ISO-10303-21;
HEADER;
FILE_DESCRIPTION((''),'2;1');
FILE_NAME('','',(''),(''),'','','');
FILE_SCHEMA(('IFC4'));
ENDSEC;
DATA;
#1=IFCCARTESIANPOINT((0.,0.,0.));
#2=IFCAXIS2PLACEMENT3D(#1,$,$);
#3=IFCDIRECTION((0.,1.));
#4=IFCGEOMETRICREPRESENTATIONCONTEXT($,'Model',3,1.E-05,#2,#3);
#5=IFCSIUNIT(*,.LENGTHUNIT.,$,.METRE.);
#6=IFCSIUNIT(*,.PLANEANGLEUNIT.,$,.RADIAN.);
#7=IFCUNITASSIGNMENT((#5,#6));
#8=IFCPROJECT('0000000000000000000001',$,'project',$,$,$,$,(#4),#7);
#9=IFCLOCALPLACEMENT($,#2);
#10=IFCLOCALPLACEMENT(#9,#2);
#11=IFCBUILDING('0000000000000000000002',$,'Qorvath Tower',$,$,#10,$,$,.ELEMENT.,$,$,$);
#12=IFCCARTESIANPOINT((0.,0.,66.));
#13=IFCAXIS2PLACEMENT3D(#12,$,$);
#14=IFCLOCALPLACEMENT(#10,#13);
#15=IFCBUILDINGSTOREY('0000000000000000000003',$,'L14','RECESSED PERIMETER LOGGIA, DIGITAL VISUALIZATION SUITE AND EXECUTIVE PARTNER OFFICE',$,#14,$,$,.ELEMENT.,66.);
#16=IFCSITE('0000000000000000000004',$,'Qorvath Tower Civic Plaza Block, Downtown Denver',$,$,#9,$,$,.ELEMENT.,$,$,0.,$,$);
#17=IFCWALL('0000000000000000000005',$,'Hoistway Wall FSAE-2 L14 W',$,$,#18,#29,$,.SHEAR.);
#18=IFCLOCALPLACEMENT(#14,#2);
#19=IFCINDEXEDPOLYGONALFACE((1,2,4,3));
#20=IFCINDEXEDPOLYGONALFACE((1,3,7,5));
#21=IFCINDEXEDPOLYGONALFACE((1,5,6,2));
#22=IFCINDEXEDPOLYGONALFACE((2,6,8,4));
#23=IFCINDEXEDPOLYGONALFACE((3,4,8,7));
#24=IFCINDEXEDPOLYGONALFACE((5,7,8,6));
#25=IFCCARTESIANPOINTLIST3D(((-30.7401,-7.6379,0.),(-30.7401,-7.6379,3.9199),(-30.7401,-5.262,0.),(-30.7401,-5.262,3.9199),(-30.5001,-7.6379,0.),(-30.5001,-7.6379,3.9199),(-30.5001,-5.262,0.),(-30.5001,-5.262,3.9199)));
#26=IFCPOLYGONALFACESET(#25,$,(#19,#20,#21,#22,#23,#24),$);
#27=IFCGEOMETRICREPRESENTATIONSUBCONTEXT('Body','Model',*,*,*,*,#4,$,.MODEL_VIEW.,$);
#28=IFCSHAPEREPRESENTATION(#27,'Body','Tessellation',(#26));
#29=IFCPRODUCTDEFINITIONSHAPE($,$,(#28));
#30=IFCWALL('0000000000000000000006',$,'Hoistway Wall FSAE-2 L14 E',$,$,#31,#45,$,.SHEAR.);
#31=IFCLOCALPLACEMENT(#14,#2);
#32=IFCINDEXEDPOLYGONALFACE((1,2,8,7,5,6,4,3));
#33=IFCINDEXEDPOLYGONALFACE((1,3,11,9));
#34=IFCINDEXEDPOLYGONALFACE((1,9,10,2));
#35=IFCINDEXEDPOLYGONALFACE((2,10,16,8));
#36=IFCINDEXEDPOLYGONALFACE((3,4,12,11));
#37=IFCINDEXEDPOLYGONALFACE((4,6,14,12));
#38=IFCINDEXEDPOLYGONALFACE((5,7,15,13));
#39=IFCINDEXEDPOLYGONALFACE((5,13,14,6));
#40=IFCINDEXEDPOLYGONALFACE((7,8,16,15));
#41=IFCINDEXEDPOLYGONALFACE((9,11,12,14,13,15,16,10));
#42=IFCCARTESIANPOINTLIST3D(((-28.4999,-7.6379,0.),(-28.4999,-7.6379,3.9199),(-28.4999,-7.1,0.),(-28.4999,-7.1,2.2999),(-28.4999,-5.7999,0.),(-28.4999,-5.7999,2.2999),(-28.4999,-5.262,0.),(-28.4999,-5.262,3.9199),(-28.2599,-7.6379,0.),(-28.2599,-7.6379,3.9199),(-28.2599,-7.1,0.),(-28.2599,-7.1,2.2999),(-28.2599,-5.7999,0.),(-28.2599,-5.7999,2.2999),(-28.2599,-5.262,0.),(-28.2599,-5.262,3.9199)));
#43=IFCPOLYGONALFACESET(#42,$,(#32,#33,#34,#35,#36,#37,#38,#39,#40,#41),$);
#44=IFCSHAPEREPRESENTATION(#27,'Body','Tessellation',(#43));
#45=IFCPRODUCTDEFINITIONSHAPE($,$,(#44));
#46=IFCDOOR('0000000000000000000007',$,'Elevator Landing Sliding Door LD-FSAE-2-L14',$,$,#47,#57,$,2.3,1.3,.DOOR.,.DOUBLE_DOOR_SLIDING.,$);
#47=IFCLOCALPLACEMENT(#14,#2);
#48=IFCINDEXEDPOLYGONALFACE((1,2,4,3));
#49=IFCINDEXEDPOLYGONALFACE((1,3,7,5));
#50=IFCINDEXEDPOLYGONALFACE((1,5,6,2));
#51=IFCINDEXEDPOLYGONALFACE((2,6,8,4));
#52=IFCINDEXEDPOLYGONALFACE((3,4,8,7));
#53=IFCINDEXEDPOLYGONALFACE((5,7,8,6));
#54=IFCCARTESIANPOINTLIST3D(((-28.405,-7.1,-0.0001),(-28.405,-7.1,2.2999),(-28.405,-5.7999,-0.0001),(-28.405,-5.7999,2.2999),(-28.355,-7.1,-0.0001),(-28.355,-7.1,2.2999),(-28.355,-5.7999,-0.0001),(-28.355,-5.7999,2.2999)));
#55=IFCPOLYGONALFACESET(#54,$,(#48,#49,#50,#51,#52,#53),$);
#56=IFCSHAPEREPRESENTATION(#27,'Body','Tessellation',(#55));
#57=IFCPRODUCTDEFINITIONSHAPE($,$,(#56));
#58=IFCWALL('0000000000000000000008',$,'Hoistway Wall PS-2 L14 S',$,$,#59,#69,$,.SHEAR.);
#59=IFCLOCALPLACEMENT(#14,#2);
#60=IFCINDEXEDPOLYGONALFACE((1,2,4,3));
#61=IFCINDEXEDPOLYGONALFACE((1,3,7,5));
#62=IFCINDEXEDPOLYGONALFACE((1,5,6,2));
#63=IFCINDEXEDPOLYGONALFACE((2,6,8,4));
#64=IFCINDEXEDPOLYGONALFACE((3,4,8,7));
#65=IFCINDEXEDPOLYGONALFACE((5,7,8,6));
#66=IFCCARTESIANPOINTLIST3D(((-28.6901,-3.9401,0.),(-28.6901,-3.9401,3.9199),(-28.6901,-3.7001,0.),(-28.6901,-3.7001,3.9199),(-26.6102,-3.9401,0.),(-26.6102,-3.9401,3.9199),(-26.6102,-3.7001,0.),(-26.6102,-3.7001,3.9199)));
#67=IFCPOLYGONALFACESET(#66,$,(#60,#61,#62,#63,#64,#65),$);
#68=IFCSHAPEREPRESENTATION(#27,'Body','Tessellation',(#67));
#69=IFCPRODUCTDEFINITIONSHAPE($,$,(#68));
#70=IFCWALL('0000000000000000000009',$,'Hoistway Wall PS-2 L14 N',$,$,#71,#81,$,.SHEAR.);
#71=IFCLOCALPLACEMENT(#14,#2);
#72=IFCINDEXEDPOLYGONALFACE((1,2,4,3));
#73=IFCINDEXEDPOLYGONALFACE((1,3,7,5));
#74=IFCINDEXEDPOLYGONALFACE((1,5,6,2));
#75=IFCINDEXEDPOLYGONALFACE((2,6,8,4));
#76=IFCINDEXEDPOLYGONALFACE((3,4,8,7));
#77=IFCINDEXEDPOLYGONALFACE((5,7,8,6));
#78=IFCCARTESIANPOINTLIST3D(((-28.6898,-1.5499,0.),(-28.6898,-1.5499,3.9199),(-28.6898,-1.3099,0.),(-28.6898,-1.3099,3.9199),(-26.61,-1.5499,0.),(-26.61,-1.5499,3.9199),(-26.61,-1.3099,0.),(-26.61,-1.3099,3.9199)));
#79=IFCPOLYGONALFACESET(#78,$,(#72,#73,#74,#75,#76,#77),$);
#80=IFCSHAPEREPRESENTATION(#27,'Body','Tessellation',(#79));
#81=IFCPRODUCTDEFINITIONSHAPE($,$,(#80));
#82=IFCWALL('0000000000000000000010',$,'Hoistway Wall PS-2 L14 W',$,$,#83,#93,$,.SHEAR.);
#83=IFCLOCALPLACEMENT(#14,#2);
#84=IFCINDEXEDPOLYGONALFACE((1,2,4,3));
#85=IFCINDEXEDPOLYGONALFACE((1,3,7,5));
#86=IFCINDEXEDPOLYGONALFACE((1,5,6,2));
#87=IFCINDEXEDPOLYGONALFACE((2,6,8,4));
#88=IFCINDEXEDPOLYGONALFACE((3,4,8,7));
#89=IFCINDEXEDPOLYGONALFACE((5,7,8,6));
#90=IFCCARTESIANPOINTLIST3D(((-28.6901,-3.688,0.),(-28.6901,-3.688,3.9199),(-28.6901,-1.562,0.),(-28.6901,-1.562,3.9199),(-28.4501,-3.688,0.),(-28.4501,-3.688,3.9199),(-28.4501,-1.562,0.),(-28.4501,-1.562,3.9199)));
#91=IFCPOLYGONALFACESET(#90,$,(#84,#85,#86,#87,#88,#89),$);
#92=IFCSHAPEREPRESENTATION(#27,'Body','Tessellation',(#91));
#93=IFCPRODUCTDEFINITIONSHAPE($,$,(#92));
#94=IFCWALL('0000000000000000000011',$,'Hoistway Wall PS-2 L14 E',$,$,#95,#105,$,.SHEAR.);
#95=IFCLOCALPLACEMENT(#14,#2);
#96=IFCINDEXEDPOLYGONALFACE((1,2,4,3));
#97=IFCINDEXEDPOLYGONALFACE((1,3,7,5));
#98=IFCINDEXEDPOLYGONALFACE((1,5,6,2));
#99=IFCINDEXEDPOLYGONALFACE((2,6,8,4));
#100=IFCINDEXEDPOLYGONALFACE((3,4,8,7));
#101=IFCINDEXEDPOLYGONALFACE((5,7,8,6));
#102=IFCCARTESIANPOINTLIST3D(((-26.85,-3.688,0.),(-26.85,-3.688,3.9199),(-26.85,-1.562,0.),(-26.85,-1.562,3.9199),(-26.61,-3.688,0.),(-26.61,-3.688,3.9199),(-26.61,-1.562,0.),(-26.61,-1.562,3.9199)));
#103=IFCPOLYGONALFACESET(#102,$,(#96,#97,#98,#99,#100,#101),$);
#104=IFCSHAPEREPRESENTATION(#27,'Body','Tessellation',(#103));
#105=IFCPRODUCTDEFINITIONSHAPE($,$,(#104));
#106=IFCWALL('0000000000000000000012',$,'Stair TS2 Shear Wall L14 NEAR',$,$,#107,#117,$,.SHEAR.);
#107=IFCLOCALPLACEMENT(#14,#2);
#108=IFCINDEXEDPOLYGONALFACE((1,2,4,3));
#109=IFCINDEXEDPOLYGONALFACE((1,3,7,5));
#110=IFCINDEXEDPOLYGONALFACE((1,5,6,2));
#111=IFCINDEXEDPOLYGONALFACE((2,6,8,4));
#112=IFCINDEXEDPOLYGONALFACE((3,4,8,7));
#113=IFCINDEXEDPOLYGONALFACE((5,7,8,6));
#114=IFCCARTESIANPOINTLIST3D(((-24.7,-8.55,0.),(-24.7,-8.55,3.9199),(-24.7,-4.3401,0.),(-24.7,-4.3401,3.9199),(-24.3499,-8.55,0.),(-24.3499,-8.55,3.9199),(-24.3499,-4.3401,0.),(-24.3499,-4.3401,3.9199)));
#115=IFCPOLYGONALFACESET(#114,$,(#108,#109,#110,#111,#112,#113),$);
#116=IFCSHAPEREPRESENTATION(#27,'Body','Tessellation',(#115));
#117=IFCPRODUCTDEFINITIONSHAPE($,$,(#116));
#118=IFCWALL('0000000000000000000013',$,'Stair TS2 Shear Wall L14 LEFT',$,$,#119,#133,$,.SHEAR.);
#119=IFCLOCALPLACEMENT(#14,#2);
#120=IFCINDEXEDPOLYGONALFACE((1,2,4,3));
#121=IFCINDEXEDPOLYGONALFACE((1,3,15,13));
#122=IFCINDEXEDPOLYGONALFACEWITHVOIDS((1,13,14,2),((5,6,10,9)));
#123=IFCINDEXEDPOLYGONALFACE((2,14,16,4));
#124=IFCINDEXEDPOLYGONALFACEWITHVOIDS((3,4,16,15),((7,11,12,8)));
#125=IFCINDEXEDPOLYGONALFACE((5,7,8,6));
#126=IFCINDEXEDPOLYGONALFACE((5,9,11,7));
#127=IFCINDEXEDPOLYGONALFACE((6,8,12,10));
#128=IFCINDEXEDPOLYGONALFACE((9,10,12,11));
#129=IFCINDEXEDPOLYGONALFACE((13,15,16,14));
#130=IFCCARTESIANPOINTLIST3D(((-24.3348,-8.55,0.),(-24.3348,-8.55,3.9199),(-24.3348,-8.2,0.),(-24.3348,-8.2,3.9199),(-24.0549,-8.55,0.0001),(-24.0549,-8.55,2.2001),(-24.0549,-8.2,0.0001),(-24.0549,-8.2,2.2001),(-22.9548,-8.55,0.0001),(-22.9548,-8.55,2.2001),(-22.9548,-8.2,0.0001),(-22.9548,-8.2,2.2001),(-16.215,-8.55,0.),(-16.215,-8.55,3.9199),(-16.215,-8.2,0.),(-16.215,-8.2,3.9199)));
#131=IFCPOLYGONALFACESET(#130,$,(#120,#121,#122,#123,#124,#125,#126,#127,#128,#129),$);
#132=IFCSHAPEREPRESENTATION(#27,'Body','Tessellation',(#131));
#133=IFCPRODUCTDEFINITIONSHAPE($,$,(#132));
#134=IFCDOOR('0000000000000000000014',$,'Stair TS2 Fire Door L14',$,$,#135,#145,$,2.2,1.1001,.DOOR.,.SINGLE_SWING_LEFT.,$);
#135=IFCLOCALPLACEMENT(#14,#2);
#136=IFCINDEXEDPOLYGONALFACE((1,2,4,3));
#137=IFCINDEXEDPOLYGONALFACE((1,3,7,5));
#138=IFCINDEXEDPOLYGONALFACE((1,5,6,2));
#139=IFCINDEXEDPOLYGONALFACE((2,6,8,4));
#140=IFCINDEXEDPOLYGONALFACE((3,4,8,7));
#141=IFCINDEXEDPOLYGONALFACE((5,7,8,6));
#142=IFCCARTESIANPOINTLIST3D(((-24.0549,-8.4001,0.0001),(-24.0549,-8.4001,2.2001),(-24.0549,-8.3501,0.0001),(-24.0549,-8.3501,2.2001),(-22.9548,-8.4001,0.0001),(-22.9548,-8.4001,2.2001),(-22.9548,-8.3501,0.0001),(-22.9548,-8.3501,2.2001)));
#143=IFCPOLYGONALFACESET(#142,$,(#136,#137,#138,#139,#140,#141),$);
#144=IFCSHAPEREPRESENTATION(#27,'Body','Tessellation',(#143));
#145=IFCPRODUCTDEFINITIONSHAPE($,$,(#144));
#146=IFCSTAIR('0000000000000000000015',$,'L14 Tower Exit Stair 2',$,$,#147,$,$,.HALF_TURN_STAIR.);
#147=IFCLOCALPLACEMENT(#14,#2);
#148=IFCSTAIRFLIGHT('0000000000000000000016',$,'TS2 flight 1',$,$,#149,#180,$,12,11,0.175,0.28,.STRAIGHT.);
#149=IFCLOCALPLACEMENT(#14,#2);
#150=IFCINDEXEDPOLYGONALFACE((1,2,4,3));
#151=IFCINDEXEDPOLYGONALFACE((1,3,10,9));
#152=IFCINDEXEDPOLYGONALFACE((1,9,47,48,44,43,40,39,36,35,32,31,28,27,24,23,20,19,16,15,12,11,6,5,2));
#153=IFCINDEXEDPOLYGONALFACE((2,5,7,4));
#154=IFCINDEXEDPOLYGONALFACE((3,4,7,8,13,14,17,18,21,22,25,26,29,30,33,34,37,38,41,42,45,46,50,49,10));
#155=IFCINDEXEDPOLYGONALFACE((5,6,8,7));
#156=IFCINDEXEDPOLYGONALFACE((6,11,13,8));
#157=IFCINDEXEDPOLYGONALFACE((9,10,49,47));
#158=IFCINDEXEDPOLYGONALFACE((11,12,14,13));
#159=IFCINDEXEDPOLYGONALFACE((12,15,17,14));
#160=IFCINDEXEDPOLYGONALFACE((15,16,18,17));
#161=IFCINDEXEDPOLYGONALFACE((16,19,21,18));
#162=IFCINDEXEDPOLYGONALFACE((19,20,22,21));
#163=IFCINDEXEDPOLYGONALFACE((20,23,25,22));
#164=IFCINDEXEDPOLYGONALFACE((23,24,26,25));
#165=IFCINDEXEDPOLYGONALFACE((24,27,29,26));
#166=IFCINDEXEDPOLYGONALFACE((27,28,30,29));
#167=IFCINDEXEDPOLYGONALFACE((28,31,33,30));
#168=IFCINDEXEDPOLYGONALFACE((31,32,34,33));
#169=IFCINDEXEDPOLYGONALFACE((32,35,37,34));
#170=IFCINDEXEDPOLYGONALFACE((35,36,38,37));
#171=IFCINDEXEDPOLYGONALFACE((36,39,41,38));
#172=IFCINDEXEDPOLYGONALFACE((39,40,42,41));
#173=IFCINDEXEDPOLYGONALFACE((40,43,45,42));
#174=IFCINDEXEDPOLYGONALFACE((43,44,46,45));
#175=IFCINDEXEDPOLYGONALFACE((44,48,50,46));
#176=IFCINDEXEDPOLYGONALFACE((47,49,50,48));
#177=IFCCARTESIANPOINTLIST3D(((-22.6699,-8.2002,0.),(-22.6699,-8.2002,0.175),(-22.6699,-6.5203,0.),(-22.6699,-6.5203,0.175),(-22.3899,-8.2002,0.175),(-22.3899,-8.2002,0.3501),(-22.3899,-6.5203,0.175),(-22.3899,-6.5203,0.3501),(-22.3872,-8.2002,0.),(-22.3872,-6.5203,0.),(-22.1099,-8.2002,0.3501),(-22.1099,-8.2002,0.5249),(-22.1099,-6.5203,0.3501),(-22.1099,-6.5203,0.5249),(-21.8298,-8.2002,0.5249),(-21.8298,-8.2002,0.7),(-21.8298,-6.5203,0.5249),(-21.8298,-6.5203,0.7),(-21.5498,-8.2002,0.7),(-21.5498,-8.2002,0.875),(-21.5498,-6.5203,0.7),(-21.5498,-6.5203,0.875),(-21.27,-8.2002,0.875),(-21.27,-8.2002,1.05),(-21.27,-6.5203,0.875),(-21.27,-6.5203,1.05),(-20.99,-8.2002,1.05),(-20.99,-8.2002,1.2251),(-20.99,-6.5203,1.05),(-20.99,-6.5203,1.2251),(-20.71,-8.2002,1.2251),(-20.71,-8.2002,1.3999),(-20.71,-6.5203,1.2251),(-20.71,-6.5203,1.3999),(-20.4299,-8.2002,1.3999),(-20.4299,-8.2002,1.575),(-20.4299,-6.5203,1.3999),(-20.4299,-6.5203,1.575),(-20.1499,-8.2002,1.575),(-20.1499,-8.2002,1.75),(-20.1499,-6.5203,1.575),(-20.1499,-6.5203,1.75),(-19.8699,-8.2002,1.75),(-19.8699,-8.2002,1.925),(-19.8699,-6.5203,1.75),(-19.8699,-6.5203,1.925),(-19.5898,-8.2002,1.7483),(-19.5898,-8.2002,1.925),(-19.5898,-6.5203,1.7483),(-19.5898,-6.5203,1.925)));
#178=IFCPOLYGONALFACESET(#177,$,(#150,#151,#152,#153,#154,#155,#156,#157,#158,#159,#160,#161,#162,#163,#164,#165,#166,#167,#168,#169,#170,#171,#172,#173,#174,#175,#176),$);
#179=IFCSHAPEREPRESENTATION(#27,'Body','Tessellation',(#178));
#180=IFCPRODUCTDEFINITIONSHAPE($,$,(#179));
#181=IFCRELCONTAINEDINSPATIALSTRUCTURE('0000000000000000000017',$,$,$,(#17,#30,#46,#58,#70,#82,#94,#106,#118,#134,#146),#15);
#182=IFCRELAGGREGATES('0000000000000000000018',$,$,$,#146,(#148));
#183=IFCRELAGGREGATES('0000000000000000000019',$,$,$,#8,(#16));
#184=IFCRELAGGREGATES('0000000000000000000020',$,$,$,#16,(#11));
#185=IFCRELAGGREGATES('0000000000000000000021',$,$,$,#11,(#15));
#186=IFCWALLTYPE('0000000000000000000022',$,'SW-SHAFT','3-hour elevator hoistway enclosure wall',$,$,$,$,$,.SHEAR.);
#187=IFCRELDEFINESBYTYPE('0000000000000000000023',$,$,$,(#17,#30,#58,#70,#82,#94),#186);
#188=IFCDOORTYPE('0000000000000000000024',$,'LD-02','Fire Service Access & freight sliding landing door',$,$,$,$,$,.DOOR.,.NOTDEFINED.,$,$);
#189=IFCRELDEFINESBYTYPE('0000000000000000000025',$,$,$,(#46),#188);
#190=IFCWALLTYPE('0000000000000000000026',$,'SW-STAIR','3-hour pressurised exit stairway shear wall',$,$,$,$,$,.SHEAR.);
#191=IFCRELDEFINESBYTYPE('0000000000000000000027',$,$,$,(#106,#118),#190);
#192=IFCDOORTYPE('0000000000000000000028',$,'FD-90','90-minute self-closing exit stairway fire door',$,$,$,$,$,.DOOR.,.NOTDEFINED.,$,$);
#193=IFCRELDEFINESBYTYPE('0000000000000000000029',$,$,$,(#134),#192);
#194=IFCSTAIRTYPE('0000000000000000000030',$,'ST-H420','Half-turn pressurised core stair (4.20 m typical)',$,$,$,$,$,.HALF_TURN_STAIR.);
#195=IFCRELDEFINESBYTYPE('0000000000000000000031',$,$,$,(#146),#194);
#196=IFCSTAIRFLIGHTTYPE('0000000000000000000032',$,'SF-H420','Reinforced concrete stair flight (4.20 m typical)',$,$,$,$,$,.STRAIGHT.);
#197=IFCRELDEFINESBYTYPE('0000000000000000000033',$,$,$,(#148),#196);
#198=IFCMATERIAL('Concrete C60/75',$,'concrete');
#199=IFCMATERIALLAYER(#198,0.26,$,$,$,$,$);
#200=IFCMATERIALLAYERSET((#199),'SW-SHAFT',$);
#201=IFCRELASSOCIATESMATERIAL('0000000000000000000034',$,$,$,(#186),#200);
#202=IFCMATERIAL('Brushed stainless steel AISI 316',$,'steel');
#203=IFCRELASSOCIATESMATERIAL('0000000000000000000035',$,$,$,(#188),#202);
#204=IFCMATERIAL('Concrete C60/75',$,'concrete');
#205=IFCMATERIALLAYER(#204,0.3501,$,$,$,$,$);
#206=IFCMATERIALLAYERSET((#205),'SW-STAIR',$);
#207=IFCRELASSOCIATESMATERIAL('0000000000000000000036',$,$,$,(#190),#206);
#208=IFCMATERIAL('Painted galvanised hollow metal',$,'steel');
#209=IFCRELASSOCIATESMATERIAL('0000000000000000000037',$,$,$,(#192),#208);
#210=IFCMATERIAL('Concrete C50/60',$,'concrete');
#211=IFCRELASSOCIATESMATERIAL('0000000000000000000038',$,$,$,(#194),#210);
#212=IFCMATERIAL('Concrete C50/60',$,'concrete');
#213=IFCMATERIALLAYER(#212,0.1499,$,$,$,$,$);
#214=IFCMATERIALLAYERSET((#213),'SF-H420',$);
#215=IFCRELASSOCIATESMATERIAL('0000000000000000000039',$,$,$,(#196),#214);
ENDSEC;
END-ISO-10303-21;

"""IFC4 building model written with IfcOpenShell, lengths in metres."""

from ifc_helpers import new_model, si_unit, direction, frame, frame_2d, origin, place, context, subcontext, project, spatial, polyline, rectangle, outline, extrude, material, layer, layer_set, type_object, element, fill, aggregate, save


model = new_model("IFC4")

# Units and contexts
model_context = context("Model", 3, precision=1e-05, world=origin(), true_north=direction((0.0, 1.0)))
body_context = subcontext(model_context, "Body", "Model", "MODEL_VIEW")
ifc_project = project(units=[si_unit("LENGTHUNIT", "METRE"), si_unit("PLANEANGLEUNIT", "RADIAN")], contexts=[model_context])

# Site, building, storey
site_placement = place(None, origin())
site = spatial("IfcSite", under=ifc_project, at=site_placement, Name="Qorvath Tower Civic Plaza Block, Downtown Denver", CompositionType="ELEMENT", RefElevation=0.0)
building_placement = place(site_placement, origin())
building = spatial("IfcBuilding", under=site, at=building_placement, Name="Qorvath Tower", CompositionType="ELEMENT")
storey_placement = place(building_placement, frame((0.0, 0.0, 66.0)))
storey = spatial("IfcBuildingStorey", under=building, at=storey_placement, Name="L14", Description="RECESSED PERIMETER LOGGIA, DIGITAL VISUALIZATION SUITE AND EXECUTIVE PARTNER OFFICE", CompositionType="ELEMENT", Elevation=66.0)

# Wall
ifc_material_1 = material(Name="Concrete C60/75", Category="concrete")
ifc_layer_1 = layer(ifc_material_1, 0.26)
ifc_layer_set_1 = layer_set([ifc_layer_1], Name="SW-SHAFT")
wall_type_1 = type_object("IfcWallType", Name="SW-SHAFT", Description="3-hour elevator hoistway enclosure wall", PredefinedType="SHEAR", material=ifc_layer_set_1)
wall_1_placement = place(storey_placement, frame((-30.6201, -7.6379, 0.0), z_axis=(0.0, 0.0, 1.0), x_axis=(0.0, 1.0, 0.0)))
element("IfcWall", 1, at=wall_1_placement, inside=storey, type_object=wall_type_1, Name="Hoistway Wall FSAE-2 L14 W", PredefinedType="SHEAR", context=body_context, shape_type="SweptSolid", body=[
    extrude(rectangle(XDim=2.376, YDim=0.24, at=frame_2d((1.188, 0.0))), origin(), (0.0, 0.0, 1.0), 3.9199),
])

# Wall, opening, door
wall_2_placement = place(storey_placement, frame((-28.3799, -5.262, 0.0), z_axis=(0.0, 0.0, 1.0), x_axis=(0.0, -1.0, 0.0)))
wall_2 = element("IfcWall", 2, at=wall_2_placement, inside=storey, type_object=wall_type_1, Name="Hoistway Wall FSAE-2 L14 E", PredefinedType="SHEAR", context=body_context, shape_type="SweptSolid", body=[
    extrude(rectangle(XDim=2.376, YDim=0.24, at=frame_2d((1.188, 0.0))), origin(), (0.0, 0.0, 1.0), 3.9199),
])
opening_1_placement = place(wall_2_placement, frame((0.5381, 0.0, 0.0)))
opening_1 = element("IfcOpeningElement", 3, at=opening_1_placement, cuts=wall_2, PredefinedType="OPENING", context=body_context, shape_type="SweptSolid", body=[
    extrude(rectangle(XDim=1.3, YDim=2.3, at=frame_2d((0.6499, 1.1499))), frame((0.0, 0.1299, 0.0), z_axis=(0.0, -1.0, 0.0), x_axis=(1.0, 0.0, 0.0)), (0.0, 0.0, 1.0), 0.26),
])
ifc_material_2 = material(Name="Brushed stainless steel AISI 316", Category="steel")
door_type_1 = type_object("IfcDoorType", Name="LD-02", Description="Fire Service Access & freight sliding landing door", OperationType="NOTDEFINED", PredefinedType="DOOR", material=ifc_material_2)
door_1_placement = place(opening_1_placement, origin())
door_1 = element("IfcDoor", 4, at=door_1_placement, inside=storey, type_object=door_type_1, Name="Elevator Landing Sliding Door LD-FSAE-2-L14", OperationType="DOUBLE_DOOR_SLIDING", OverallHeight=2.3, OverallWidth=1.3, PredefinedType="DOOR", context=body_context, shape_type="SweptSolid", body=[
    extrude(rectangle(XDim=1.3, YDim=2.3, at=frame_2d((0.6499, 1.1499))), frame((0.0, 0.0249, 0.0), z_axis=(0.0, -1.0, 0.0), x_axis=(1.0, 0.0, 0.0)), (0.0, 0.0, 1.0), 0.05),
])
fill(opening_1, door_1)

# Walls
for number, where, z_axis, x_axis, name in (
    (5, (-26.6101, -3.8201, 0.0), (0.0, 0.0, 1.0), (-1.0, 0.0, 0.0), "Hoistway Wall PS-2 L14 S"),
    (6, (-28.6899, -1.4299, 0.0), (0.0, 0.0, 1.0), (1.0, 0.0, 0.0), "Hoistway Wall PS-2 L14 N"),
):
    element("IfcWall", number, at=place(storey_placement, frame(where, z_axis=z_axis, x_axis=x_axis)), inside=storey, type_object=wall_type_1, Name=name, PredefinedType="SHEAR", context=body_context, shape_type="SweptSolid", body=[
        extrude(rectangle(XDim=2.0798, YDim=0.24, at=frame_2d((1.04, 0.0))), origin(), (0.0, 0.0, 1.0), 3.9199),
    ])
for number, where, z_axis, x_axis, name in (
    (7, (-28.5701, -3.688, 0.0), (0.0, 0.0, 1.0), (0.0, 1.0, 0.0), "Hoistway Wall PS-2 L14 W"),
    (8, (-26.73, -1.562, 0.0), (0.0, 0.0, 1.0), (0.0, -1.0, 0.0), "Hoistway Wall PS-2 L14 E"),
):
    element("IfcWall", number, at=place(storey_placement, frame(where, z_axis=z_axis, x_axis=x_axis)), inside=storey, type_object=wall_type_1, Name=name, PredefinedType="SHEAR", context=body_context, shape_type="SweptSolid", body=[
        extrude(rectangle(XDim=2.126, YDim=0.24, at=frame_2d((1.063, 0.0))), origin(), (0.0, 0.0, 1.0), 3.9199),
    ])
ifc_material_3 = material(Name="Concrete C60/75", Category="concrete")
ifc_layer_2 = layer(ifc_material_3, 0.3501)
ifc_layer_set_2 = layer_set([ifc_layer_2], Name="SW-STAIR")
wall_type_2 = type_object("IfcWallType", Name="SW-STAIR", Description="3-hour pressurised exit stairway shear wall", PredefinedType="SHEAR", material=ifc_layer_set_2)
wall_3_placement = place(storey_placement, frame((-24.5249, -4.3401, 0.0), z_axis=(0.0, 0.0, 1.0), x_axis=(0.0, -1.0, 0.0)))
element("IfcWall", 9, at=wall_3_placement, inside=storey, type_object=wall_type_2, Name="Stair TS2 Shear Wall L14 NEAR", PredefinedType="SHEAR", context=body_context, shape_type="SweptSolid", body=[
    extrude(rectangle(XDim=4.21, YDim=0.3501, at=frame_2d((2.105, 0.0))), origin(), (0.0, 0.0, 1.0), 3.9199),
])

# Wall, opening, door
wall_4_placement = place(storey_placement, frame((-24.335, -8.375, 0.0), z_axis=(0.0, 0.0, 1.0), x_axis=(1.0, 0.0, 0.0)))
wall_4 = element("IfcWall", 10, at=wall_4_placement, inside=storey, type_object=wall_type_2, Name="Stair TS2 Shear Wall L14 LEFT", PredefinedType="SHEAR", context=body_context, shape_type="SweptSolid", body=[
    extrude(rectangle(XDim=8.1199, YDim=0.3501, at=frame_2d((4.0601, 0.0))), origin(), (0.0, 0.0, 1.0), 3.9199),
])
opening_2_placement = place(wall_4_placement, frame((0.28, 0.0, 0.0)))
opening_2 = element("IfcOpeningElement", 11, at=opening_2_placement, cuts=wall_4, PredefinedType="OPENING", context=body_context, shape_type="SweptSolid", body=[
    extrude(rectangle(XDim=1.1001, YDim=2.2, at=frame_2d((0.55, 1.1001))), frame((0.0, 0.1851, 0.0), z_axis=(0.0, -1.0, 0.0), x_axis=(1.0, 0.0, 0.0)), (0.0, 0.0, 1.0), 0.3701),
])
ifc_material_4 = material(Name="Painted galvanised hollow metal", Category="steel")
door_type_2 = type_object("IfcDoorType", Name="FD-90", Description="90-minute self-closing exit stairway fire door", OperationType="NOTDEFINED", PredefinedType="DOOR", material=ifc_material_4)
door_2_placement = place(opening_2_placement, origin())
door_2 = element("IfcDoor", 12, at=door_2_placement, inside=storey, type_object=door_type_2, Name="Stair TS2 Fire Door L14", OperationType="SINGLE_SWING_LEFT", OverallHeight=2.2, OverallWidth=1.1001, PredefinedType="DOOR", context=body_context, shape_type="SweptSolid", body=[
    extrude(rectangle(XDim=1.1001, YDim=2.2, at=frame_2d((0.55, 1.1001))), frame((0.0, 0.0249, 0.0), z_axis=(0.0, -1.0, 0.0), x_axis=(1.0, 0.0, 0.0)), (0.0, 0.0, 1.0), 0.05),
])
fill(opening_2, door_2)

# Stair, stair flight
ifc_material_5 = material(Name="Concrete C50/60", Category="concrete")
stair_type = type_object("IfcStairType", Name="ST-H420", Description="Half-turn pressurised core stair (4.20 m typical)", PredefinedType="HALF_TURN_STAIR", material=ifc_material_5)
stair_placement = place(storey_placement, origin())
stair = element("IfcStair", 13, at=stair_placement, inside=storey, type_object=stair_type, Name="L14 Tower Exit Stair 2", PredefinedType="HALF_TURN_STAIR")
ifc_material_6 = material(Name="Concrete C50/60", Category="concrete")
ifc_layer_3 = layer(ifc_material_6, 0.1499)
ifc_layer_set_3 = layer_set([ifc_layer_3], Name="SF-H420")
stair_flight_type = type_object("IfcStairFlightType", Name="SF-H420", Description="Reinforced concrete stair flight (4.20 m typical)", PredefinedType="STRAIGHT", material=ifc_layer_set_3)
stair_flight_1_placement = place(storey_placement, frame((-22.6699, -7.3601, 0.0), z_axis=(0.0, 0.0, 1.0), x_axis=(1.0, 0.0, 0.0)))
stair_flight_1 = element("IfcStairFlight", 14, at=stair_flight_1_placement, type_object=stair_flight_type, Name="TS2 flight 1", NumberOfRisers=12, NumberOfTreads=11, PredefinedType="STRAIGHT", RiserHeight=0.175, TreadLength=0.28, context=body_context, shape_type="SweptSolid", body=[
    extrude(outline(polyline([(0.0, 0.0), (0.0, 0.175), (0.28, 0.175), (0.28, 0.3501), (0.5601, 0.3501), (0.5601, 0.5249), (0.8401, 0.5249), (0.8401, 0.7), (1.1201, 0.7), (1.1201, 0.875), (1.3999, 0.875), (1.3999, 1.05), (1.6799, 1.05), (1.6799, 1.2251), (1.96, 1.2251), (1.96, 1.3999), (2.24, 1.3999), (2.24, 1.575), (2.52, 1.575), (2.52, 1.75), (2.8, 1.75), (2.8, 1.925), (3.0801, 1.925), (3.0801, 2.1001), (3.0801, 1.7483), (0.2827, 0.0), (0.0, 0.0)])), frame((0.0, 0.8398, 0.0), z_axis=(0.0, -1.0, 0.0), x_axis=(1.0, 0.0, 0.0)), (0.0, 0.0, 1.0), 1.6799),
])
aggregate(stair, [stair_flight_1])

save(model, "model.ifc")
